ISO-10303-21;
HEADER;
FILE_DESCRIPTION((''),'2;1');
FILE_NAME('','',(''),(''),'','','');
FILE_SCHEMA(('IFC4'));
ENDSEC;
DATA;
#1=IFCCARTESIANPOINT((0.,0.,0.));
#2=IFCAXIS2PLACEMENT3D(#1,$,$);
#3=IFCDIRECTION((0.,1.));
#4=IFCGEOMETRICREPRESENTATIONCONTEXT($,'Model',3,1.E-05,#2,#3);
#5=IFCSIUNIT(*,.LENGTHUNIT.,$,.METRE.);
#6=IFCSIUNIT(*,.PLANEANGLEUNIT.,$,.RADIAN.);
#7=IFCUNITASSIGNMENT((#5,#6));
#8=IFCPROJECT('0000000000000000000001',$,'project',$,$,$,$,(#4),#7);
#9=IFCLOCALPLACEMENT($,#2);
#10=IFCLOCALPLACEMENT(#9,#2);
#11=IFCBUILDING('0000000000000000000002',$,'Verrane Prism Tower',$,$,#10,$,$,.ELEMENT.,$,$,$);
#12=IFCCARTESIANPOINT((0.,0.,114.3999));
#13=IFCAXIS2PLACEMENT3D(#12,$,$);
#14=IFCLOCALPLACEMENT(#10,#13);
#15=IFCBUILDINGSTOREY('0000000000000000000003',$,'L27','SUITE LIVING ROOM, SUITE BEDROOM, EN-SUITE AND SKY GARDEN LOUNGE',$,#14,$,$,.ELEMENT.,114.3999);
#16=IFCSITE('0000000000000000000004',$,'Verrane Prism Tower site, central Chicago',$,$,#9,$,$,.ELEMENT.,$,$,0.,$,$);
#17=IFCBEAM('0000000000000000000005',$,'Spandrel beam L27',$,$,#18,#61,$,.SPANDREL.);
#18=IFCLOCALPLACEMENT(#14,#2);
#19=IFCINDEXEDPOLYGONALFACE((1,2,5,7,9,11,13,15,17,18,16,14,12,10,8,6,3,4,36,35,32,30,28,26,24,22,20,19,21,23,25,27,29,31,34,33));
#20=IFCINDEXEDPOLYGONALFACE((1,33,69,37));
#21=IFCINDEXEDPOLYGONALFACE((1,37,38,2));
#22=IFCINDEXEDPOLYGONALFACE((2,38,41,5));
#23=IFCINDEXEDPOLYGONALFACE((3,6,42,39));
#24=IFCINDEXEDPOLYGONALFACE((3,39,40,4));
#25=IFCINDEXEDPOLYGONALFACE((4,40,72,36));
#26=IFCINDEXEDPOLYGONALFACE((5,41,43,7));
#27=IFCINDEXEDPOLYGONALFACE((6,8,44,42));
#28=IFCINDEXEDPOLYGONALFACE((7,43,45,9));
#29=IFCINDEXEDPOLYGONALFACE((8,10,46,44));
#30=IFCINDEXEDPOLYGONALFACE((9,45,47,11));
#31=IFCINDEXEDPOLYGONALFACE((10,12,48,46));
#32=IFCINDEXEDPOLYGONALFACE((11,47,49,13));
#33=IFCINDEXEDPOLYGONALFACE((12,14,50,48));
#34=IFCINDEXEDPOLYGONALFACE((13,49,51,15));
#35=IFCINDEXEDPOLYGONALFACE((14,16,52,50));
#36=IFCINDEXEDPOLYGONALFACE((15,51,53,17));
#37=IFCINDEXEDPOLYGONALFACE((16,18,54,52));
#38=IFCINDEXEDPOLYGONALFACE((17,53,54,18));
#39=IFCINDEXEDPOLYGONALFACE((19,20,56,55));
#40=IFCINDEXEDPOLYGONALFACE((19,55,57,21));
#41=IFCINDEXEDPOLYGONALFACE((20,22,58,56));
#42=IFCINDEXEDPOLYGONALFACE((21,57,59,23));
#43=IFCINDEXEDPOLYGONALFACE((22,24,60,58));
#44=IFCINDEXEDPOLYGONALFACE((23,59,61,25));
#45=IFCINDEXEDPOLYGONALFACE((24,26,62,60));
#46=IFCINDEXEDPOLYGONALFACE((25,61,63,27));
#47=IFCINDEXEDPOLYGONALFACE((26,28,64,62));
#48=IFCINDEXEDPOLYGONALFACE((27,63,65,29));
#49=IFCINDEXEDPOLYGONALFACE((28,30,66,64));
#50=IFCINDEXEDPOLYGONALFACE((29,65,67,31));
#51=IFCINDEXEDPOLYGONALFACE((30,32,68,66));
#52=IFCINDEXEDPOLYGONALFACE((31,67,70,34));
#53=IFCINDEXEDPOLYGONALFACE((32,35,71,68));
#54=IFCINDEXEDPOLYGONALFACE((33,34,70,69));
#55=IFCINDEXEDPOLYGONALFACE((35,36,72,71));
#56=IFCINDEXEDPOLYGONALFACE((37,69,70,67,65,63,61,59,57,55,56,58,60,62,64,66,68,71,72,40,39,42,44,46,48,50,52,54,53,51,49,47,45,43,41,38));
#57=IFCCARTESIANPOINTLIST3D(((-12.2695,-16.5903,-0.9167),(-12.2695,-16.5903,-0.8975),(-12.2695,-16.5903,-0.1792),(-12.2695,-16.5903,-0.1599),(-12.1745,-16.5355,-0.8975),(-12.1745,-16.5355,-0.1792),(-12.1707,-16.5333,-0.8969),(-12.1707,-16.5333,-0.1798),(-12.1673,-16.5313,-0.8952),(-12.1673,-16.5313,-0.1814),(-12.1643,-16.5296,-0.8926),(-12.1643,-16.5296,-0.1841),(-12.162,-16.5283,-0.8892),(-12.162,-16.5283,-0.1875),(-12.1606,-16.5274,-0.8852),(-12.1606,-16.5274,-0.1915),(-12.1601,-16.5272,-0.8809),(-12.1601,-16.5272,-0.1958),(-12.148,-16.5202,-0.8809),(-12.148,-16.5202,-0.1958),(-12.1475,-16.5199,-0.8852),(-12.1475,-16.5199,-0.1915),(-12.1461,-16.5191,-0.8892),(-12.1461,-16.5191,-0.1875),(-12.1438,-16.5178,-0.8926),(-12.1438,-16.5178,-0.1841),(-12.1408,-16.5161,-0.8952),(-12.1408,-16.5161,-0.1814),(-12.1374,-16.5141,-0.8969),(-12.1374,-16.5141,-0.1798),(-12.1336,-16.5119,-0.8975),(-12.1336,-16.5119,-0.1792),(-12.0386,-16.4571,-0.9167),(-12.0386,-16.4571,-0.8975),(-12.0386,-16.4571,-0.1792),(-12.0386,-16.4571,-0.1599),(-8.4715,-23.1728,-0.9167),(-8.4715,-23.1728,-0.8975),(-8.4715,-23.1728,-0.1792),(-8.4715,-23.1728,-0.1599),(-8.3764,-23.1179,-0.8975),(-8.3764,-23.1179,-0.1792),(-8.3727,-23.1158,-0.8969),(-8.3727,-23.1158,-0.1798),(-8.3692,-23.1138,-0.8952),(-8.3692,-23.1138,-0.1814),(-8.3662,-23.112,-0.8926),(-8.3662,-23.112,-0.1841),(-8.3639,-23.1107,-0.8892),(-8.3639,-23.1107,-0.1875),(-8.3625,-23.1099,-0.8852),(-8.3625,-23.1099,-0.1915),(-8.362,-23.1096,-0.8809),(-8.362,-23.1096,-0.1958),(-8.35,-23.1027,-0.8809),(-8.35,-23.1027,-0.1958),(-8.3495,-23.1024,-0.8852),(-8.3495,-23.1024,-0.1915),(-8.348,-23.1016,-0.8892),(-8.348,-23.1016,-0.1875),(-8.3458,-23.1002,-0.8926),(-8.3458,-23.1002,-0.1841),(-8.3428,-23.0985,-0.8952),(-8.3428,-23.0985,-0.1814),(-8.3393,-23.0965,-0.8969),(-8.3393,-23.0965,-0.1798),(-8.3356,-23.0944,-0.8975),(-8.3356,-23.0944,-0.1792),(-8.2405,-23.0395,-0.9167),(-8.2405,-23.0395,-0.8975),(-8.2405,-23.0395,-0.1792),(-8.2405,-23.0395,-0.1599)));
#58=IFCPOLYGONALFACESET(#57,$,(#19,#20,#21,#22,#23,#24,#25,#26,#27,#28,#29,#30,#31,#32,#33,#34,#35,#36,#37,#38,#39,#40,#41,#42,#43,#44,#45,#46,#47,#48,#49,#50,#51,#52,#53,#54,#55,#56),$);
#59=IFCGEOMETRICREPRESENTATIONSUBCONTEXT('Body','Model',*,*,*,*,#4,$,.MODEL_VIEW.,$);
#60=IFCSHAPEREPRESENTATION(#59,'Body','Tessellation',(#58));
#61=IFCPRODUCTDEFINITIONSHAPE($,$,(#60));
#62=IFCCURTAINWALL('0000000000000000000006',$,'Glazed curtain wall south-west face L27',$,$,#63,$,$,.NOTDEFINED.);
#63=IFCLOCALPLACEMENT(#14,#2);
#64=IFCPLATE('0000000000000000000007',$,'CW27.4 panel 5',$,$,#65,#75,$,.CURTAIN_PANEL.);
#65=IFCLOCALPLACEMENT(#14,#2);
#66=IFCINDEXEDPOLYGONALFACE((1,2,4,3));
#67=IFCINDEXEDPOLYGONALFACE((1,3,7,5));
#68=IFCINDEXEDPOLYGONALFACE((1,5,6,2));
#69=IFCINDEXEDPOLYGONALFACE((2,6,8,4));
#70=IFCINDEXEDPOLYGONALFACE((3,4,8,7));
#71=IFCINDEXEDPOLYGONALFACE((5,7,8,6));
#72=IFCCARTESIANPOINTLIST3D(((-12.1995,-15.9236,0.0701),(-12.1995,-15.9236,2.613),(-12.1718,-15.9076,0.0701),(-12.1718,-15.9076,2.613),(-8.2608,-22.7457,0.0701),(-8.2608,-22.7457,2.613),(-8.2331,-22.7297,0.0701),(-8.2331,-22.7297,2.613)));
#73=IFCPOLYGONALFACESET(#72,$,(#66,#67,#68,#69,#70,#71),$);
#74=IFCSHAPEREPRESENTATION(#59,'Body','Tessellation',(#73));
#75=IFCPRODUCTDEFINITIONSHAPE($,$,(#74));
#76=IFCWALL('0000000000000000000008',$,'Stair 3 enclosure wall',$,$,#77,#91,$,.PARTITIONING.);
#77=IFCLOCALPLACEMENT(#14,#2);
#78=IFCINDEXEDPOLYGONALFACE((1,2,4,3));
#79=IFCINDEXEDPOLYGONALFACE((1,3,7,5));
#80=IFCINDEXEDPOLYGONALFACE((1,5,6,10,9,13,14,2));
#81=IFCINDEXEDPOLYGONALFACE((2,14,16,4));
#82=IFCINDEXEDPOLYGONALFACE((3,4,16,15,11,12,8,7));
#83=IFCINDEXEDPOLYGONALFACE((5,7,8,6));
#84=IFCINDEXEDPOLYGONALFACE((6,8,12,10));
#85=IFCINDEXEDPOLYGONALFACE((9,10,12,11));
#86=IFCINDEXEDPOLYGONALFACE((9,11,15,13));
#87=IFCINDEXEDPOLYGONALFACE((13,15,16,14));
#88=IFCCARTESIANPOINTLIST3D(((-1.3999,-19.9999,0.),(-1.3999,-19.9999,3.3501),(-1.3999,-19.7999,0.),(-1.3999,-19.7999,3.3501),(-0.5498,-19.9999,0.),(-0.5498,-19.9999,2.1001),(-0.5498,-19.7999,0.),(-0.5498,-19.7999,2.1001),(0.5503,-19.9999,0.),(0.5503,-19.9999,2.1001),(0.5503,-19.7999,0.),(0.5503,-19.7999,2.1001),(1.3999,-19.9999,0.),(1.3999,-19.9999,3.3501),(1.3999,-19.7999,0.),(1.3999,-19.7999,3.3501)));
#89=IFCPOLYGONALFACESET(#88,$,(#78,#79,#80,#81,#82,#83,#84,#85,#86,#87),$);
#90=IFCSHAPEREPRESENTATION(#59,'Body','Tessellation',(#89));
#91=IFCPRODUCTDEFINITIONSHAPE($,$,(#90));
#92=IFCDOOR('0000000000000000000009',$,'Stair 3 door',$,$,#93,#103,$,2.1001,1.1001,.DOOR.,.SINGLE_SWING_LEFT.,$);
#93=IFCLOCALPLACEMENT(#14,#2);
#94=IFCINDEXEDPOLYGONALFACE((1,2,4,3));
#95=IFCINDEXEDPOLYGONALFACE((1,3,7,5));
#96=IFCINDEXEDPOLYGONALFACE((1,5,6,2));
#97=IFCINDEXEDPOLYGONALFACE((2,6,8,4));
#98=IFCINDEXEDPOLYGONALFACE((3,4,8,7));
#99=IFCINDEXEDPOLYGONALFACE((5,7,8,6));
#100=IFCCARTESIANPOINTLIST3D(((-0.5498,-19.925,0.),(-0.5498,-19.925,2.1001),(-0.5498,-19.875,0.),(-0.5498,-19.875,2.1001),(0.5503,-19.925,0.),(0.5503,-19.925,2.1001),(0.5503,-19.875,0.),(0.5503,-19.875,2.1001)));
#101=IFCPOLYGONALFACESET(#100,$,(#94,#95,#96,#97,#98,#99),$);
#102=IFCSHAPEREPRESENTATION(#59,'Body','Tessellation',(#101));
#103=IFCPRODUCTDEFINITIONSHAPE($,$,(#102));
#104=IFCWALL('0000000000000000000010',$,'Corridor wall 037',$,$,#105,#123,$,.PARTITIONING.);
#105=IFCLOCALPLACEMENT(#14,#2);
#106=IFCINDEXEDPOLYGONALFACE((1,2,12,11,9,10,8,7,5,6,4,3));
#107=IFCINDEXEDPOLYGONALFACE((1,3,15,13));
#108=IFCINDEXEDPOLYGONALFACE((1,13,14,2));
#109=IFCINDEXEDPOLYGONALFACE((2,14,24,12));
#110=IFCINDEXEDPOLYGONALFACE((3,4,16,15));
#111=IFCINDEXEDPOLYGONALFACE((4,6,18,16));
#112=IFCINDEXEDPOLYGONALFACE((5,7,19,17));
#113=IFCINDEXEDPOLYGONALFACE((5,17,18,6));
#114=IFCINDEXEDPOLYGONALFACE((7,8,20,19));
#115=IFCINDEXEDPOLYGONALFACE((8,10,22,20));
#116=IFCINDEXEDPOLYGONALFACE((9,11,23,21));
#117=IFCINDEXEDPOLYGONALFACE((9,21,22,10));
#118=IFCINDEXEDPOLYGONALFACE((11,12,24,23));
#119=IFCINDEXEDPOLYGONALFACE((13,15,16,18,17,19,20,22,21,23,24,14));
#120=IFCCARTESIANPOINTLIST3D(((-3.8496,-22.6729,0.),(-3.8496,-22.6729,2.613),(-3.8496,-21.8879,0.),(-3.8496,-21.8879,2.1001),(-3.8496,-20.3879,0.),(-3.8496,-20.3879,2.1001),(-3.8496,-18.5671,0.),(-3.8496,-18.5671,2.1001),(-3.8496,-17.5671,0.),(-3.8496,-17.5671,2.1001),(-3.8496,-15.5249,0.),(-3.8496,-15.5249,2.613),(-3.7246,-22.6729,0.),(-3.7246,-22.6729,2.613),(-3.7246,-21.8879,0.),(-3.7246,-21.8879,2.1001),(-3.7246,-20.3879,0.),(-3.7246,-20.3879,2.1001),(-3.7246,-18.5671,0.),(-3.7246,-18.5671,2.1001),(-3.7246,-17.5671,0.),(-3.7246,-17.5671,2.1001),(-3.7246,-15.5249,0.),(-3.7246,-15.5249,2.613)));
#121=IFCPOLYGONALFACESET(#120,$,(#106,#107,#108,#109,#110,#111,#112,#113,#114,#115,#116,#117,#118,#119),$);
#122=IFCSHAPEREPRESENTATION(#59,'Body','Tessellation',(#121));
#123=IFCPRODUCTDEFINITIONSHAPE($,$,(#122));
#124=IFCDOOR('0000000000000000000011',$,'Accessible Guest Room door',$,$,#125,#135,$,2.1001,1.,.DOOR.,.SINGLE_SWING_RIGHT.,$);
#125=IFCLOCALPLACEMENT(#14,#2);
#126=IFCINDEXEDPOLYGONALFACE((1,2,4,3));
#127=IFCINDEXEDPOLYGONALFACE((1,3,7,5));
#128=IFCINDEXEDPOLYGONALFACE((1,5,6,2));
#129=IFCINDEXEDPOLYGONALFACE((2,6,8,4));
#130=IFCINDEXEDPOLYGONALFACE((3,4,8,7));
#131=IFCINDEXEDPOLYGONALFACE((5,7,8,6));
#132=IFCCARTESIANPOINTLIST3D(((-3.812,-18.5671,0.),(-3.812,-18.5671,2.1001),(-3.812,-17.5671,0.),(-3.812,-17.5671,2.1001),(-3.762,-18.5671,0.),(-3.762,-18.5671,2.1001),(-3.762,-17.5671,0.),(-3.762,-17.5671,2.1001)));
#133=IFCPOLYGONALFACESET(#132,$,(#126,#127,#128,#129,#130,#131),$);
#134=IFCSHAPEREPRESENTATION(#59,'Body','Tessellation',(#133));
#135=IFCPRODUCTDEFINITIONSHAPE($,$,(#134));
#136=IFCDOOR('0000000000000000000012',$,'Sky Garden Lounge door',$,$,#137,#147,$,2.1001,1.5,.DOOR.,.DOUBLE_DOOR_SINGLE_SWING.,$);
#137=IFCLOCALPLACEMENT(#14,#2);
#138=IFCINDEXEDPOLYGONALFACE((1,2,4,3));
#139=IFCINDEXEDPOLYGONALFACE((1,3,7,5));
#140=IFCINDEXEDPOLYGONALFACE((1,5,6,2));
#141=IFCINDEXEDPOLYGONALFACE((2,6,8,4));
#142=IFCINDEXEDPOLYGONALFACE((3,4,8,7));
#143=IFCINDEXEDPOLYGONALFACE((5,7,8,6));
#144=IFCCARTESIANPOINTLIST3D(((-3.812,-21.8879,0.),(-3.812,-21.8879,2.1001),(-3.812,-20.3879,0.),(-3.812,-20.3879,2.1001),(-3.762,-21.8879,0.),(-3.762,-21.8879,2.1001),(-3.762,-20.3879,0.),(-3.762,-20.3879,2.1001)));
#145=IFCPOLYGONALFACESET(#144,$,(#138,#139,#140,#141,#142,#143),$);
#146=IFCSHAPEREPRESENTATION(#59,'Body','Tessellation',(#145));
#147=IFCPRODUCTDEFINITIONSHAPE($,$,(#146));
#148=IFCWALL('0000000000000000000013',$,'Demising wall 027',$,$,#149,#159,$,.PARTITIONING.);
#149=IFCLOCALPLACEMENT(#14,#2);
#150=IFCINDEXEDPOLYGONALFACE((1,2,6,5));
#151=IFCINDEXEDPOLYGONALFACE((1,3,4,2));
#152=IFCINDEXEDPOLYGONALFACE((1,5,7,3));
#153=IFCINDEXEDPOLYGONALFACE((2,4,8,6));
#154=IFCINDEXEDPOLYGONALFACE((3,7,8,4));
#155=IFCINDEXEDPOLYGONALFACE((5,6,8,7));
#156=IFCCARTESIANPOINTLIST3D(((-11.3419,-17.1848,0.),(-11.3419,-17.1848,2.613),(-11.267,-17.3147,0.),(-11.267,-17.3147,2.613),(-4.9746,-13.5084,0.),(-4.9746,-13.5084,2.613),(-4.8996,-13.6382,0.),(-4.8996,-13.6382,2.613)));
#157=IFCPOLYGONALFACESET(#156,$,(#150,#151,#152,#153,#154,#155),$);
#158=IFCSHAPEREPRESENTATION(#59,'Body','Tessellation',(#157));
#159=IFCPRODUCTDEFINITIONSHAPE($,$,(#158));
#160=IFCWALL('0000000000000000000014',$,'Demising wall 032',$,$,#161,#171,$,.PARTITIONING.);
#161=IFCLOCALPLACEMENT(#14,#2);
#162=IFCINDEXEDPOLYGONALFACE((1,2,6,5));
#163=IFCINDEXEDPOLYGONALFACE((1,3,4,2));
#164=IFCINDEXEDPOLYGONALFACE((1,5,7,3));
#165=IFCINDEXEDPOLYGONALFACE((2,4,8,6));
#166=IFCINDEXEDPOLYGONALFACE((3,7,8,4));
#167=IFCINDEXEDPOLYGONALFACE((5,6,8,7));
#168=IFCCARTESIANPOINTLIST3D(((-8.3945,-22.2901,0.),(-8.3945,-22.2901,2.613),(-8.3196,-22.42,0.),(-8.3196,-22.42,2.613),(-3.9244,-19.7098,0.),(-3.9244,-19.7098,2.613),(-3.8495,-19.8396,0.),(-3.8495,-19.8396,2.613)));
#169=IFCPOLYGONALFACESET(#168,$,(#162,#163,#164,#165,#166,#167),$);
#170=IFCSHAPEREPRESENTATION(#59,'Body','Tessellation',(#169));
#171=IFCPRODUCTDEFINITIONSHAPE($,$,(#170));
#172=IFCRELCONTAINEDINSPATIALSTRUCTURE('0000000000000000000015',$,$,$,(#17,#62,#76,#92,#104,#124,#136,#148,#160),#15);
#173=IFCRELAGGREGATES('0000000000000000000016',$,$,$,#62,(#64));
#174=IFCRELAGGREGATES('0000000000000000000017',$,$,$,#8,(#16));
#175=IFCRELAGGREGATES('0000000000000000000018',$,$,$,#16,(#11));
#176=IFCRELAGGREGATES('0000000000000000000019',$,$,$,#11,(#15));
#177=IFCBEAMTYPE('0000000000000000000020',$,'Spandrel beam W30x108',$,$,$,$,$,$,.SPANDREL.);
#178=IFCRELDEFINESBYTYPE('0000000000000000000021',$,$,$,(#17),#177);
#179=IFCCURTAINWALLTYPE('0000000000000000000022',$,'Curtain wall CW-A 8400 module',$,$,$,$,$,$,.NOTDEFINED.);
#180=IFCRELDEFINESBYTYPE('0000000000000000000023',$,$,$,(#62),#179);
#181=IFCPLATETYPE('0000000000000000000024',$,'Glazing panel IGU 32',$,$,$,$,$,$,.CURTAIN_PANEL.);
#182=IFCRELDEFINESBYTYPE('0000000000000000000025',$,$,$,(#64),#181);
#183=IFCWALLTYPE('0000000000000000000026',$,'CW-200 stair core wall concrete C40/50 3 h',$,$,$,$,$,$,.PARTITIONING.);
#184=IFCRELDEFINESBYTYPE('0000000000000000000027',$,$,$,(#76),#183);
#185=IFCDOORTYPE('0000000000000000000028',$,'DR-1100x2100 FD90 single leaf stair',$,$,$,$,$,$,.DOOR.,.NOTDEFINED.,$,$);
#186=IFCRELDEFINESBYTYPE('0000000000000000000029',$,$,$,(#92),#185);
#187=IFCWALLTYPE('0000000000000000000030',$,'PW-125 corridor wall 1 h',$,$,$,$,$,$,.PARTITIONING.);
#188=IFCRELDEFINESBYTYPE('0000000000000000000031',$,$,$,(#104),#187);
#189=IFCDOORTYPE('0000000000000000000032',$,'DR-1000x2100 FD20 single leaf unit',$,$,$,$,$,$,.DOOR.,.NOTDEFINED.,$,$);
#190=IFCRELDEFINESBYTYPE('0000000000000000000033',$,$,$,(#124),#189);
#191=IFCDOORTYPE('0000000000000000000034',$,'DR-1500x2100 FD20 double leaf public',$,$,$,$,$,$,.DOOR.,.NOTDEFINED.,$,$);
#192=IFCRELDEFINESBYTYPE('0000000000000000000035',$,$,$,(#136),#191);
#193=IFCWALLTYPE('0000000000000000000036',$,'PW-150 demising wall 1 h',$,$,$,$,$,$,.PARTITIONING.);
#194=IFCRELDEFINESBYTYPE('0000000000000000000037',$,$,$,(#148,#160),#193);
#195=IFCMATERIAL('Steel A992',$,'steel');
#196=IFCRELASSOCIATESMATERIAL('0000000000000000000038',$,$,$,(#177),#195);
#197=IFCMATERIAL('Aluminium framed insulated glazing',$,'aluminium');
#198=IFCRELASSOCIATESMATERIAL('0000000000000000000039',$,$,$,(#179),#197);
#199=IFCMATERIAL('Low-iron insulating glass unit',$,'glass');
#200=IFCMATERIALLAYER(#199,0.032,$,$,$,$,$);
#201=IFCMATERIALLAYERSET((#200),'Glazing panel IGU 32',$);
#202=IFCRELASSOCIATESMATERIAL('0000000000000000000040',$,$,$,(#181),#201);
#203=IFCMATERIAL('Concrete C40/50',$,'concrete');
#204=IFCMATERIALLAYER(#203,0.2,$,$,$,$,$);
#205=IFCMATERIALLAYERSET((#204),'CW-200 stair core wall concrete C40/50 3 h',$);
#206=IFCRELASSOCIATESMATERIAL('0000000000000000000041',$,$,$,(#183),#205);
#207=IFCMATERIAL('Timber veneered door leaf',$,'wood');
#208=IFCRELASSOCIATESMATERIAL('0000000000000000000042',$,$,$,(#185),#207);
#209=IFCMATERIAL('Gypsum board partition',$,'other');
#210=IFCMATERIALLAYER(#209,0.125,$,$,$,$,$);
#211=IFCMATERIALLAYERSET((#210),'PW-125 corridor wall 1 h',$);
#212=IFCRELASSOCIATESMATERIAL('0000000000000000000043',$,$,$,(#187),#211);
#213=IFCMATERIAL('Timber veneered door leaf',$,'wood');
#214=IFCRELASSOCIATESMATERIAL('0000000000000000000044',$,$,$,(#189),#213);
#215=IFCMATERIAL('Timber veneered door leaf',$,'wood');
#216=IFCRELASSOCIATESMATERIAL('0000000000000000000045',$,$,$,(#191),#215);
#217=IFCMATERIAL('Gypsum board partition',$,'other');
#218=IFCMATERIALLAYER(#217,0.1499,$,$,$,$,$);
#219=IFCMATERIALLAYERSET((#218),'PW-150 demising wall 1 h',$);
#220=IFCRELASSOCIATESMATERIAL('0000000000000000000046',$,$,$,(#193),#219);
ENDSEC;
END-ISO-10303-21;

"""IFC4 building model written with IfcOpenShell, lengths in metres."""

from ifc_helpers import new_model, si_unit, direction, frame, frame_2d, origin, origin_2d, place, context, subcontext, project, spatial, rectangle, i_section, extrude, material, layer, layer_set, material_profile, profile_set, type_object, element, fill, aggregate, save


model = new_model("IFC4")

# Units and contexts
model_context = context("Model", 3, precision=1e-05, world=origin(), true_north=direction((0.0, 1.0)))
body_context = subcontext(model_context, "Body", "Model", "MODEL_VIEW")
ifc_project = project(units=[si_unit("LENGTHUNIT", "METRE"), si_unit("PLANEANGLEUNIT", "RADIAN")], contexts=[model_context])

# Site, building, storey
site_placement = place(None, origin())
site = spatial("IfcSite", under=ifc_project, at=site_placement, Name="Verrane Prism Tower site, central Chicago", CompositionType="ELEMENT", RefElevation=0.0)
building_placement = place(site_placement, origin())
building = spatial("IfcBuilding", under=site, at=building_placement, Name="Verrane Prism Tower", CompositionType="ELEMENT")
storey_placement = place(building_placement, frame((0.0, 0.0, 114.3999)))
storey = spatial("IfcBuildingStorey", under=building, at=storey_placement, Name="L27", Description="SUITE LIVING ROOM, SUITE BEDROOM, EN-SUITE AND SKY GARDEN LOUNGE", CompositionType="ELEMENT", Elevation=114.3999)

# Beam
ifc_material_1 = material(Name="Steel A992", Category="steel")
ifc_material_profile_1 = material_profile(ifc_material_1, i_section(OverallWidth=0.2666, OverallDepth=0.7568, WebThickness=0.0139, FlangeThickness=0.0193, FilletRadius=0.0166, at=origin_2d()), Name="W30x108")
ifc_profile_set_1 = profile_set([ifc_material_profile_1], Name="Steel A992")
beam_type_1 = type_object("IfcBeamType", Name="Spandrel beam W30x108", PredefinedType="SPANDREL", material=ifc_profile_set_1)
beam_1_placement = place(storey_placement, frame((-12.1541, -16.5237, -0.5383), z_axis=(0.499771, -0.866158, 0.0), x_axis=(0.866158, 0.499771, 0.0)))
element("IfcBeam", 1, at=beam_1_placement, inside=storey, type_object=beam_type_1, Name="Spandrel beam L27", PredefinedType="SPANDREL", context=body_context, shape_type="SweptSolid", body=[
    extrude(i_section(OverallWidth=0.2666, OverallDepth=0.7568, WebThickness=0.0139, FlangeThickness=0.0193, FilletRadius=0.0166, at=origin_2d()), origin(), (0.0, 0.0, 1.0), 7.5996),
])

# Curtain wall, plate
ifc_material_2 = material(Name="Aluminium framed insulated glazing", Category="aluminium")
curtain_wall_type = type_object("IfcCurtainWallType", Name="Curtain wall CW-A 8400 module", PredefinedType="NOTDEFINED", material=ifc_material_2)
curtain_wall_placement = place(storey_placement, origin())
curtain_wall = element("IfcCurtainWall", 2, at=curtain_wall_placement, inside=storey, type_object=curtain_wall_type, Name="Glazed curtain wall south-west face L27", PredefinedType="NOTDEFINED")
ifc_material_3 = material(Name="Low-iron insulating glass unit", Category="glass")
ifc_layer_1 = layer(ifc_material_3, 0.032)
ifc_layer_set_1 = layer_set([ifc_layer_1], Name="Glazing panel IGU 32")
plate_type = type_object("IfcPlateType", Name="Glazing panel IGU 32", PredefinedType="CURTAIN_PANEL", material=ifc_layer_set_1)
plate_placement = place(storey_placement, frame((-10.2163, -19.3267, 0.0701), z_axis=(0.0, 0.0, 1.0), x_axis=(0.499999, -0.866026, 0.0)))
plate = element("IfcPlate", 3, at=plate_placement, type_object=plate_type, Name="CW27.4 panel 5", PredefinedType="CURTAIN_PANEL", context=body_context, shape_type="SweptSolid", body=[
    extrude(rectangle(XDim=7.8774, YDim=0.032, at=origin_2d()), origin(), (0.0, 0.0, 1.0), 2.543),
])
aggregate(curtain_wall, [plate])

# Wall, opening, door
ifc_material_4 = material(Name="Concrete C40/50", Category="concrete")
ifc_layer_2 = layer(ifc_material_4, 0.2)
ifc_layer_set_2 = layer_set([ifc_layer_2], Name="CW-200 stair core wall concrete C40/50 3 h")
wall_type_1 = type_object("IfcWallType", Name="CW-200 stair core wall concrete C40/50 3 h", PredefinedType="PARTITIONING", material=ifc_layer_set_2)
wall_1_placement = place(storey_placement, frame((-1.3999, -19.8999, 0.0), z_axis=(0.0, 0.0, 1.0), x_axis=(1.0, 0.0, 0.0)))
wall_1 = element("IfcWall", 4, at=wall_1_placement, inside=storey, type_object=wall_type_1, Name="Stair 3 enclosure wall", PredefinedType="PARTITIONING", context=body_context, shape_type="SweptSolid", body=[
    extrude(rectangle(XDim=2.7998, YDim=0.2, at=frame_2d((1.3999, 0.0))), origin(), (0.0, 0.0, 1.0), 3.3501),
])
opening_1_placement = place(wall_1_placement, frame((0.8501, 0.0, 0.0)))
opening_1 = element("IfcOpeningElement", 5, at=opening_1_placement, cuts=wall_1, PredefinedType="OPENING", context=body_context, shape_type="SweptSolid", body=[
    extrude(rectangle(XDim=1.1001, YDim=2.1001, at=frame_2d((0.55, 1.05))), frame((0.0, 0.1099, 0.0), z_axis=(0.0, -1.0, 0.0), x_axis=(1.0, 0.0, 0.0)), (0.0, 0.0, 1.0), 0.22),
])
ifc_material_5 = material(Name="Timber veneered door leaf", Category="wood")
door_type_1 = type_object("IfcDoorType", Name="DR-1100x2100 FD90 single leaf stair", OperationType="NOTDEFINED", PredefinedType="DOOR", material=ifc_material_5)
door_1_placement = place(opening_1_placement, origin())
door_1 = element("IfcDoor", 6, at=door_1_placement, inside=storey, type_object=door_type_1, Name="Stair 3 door", OperationType="SINGLE_SWING_LEFT", OverallHeight=2.1001, OverallWidth=1.1001, PredefinedType="DOOR", context=body_context, shape_type="SweptSolid", body=[
    extrude(rectangle(XDim=1.1001, YDim=2.1001, at=frame_2d((0.55, 1.05))), frame((0.0, 0.0249, 0.0), z_axis=(0.0, -1.0, 0.0), x_axis=(1.0, 0.0, 0.0)), (0.0, 0.0, 1.0), 0.05),
])
fill(opening_1, door_1)

# Wall, openings, doors
ifc_material_6 = material(Name="Gypsum board partition", Category="other")
ifc_layer_3 = layer(ifc_material_6, 0.125)
ifc_layer_set_3 = layer_set([ifc_layer_3], Name="PW-125 corridor wall 1 h")
wall_type_2 = type_object("IfcWallType", Name="PW-125 corridor wall 1 h", PredefinedType="PARTITIONING", material=ifc_layer_set_3)
wall_2_placement = place(storey_placement, frame((-3.7871, -22.6729, 0.0), z_axis=(0.0, 0.0, 1.0), x_axis=(0.0, 1.0, 0.0)))
wall_2 = element("IfcWall", 7, at=wall_2_placement, inside=storey, type_object=wall_type_2, Name="Corridor wall 037", PredefinedType="PARTITIONING", context=body_context, shape_type="SweptSolid", body=[
    extrude(rectangle(XDim=7.1479, YDim=0.125, at=frame_2d((3.574, 0.0))), origin(), (0.0, 0.0, 1.0), 2.613),
])
opening_2_placement = place(wall_2_placement, frame((4.1057, 0.0, 0.0)))
opening_2 = element("IfcOpeningElement", 8, at=opening_2_placement, cuts=wall_2, PredefinedType="OPENING", context=body_context, shape_type="SweptSolid", body=[
    extrude(rectangle(XDim=1.0, YDim=2.1001, at=frame_2d((0.5, 1.05))), frame((0.0, 0.0725, 0.0), z_axis=(0.0, -1.0, 0.0), x_axis=(1.0, 0.0, 0.0)), (0.0, 0.0, 1.0), 0.145),
])
opening_3_placement = place(wall_2_placement, frame((0.7849, 0.0, 0.0)))
opening_3 = element("IfcOpeningElement", 9, at=opening_3_placement, cuts=wall_2, PredefinedType="OPENING", context=body_context, shape_type="SweptSolid", body=[
    extrude(rectangle(XDim=1.5, YDim=2.1001, at=frame_2d((0.75, 1.05))), frame((0.0, 0.0725, 0.0), z_axis=(0.0, -1.0, 0.0), x_axis=(1.0, 0.0, 0.0)), (0.0, 0.0, 1.0), 0.145),
])
ifc_material_7 = material(Name="Timber veneered door leaf", Category="wood")
door_type_2 = type_object("IfcDoorType", Name="DR-1000x2100 FD20 single leaf unit", OperationType="NOTDEFINED", PredefinedType="DOOR", material=ifc_material_7)
door_2_placement = place(opening_2_placement, origin())
door_2 = element("IfcDoor", 10, at=door_2_placement, inside=storey, type_object=door_type_2, Name="Accessible Guest Room door", OperationType="SINGLE_SWING_RIGHT", OverallHeight=2.1001, OverallWidth=1.0, PredefinedType="DOOR", context=body_context, shape_type="SweptSolid", body=[
    extrude(rectangle(XDim=1.0, YDim=2.1001, at=frame_2d((0.5, 1.05))), frame((0.0, 0.0249, 0.0), z_axis=(0.0, -1.0, 0.0), x_axis=(1.0, 0.0, 0.0)), (0.0, 0.0, 1.0), 0.05),
])
fill(opening_2, door_2)
ifc_material_8 = material(Name="Timber veneered door leaf", Category="wood")
door_type_3 = type_object("IfcDoorType", Name="DR-1500x2100 FD20 double leaf public", OperationType="NOTDEFINED", PredefinedType="DOOR", material=ifc_material_8)
door_3_placement = place(opening_3_placement, origin())
door_3 = element("IfcDoor", 11, at=door_3_placement, inside=storey, type_object=door_type_3, Name="Sky Garden Lounge door", OperationType="DOUBLE_DOOR_SINGLE_SWING", OverallHeight=2.1001, OverallWidth=1.5, PredefinedType="DOOR", context=body_context, shape_type="SweptSolid", body=[
    extrude(rectangle(XDim=1.5, YDim=2.1001, at=frame_2d((0.75, 1.05))), frame((0.0, 0.0249, 0.0), z_axis=(0.0, -1.0, 0.0), x_axis=(1.0, 0.0, 0.0)), (0.0, 0.0, 1.0), 0.05),
])
fill(opening_3, door_3)

# Walls
ifc_material_9 = material(Name="Gypsum board partition", Category="other")
ifc_layer_4 = layer(ifc_material_9, 0.1499)
ifc_layer_set_4 = layer_set([ifc_layer_4], Name="PW-150 demising wall 1 h")
wall_type_3 = type_object("IfcWallType", Name="PW-150 demising wall 1 h", PredefinedType="PARTITIONING", material=ifc_layer_set_4)
wall_3_placement = place(storey_placement, frame((-11.3044, -17.2498, 0.0), z_axis=(0.0, 0.0, 1.0), x_axis=(0.866009, 0.500028, 0.0)))
element("IfcWall", 12, at=wall_3_placement, inside=storey, type_object=wall_type_3, Name="Demising wall 027", PredefinedType="PARTITIONING", context=body_context, shape_type="SweptSolid", body=[
    extrude(rectangle(XDim=7.3525, YDim=0.1499, at=frame_2d((3.6763, 0.0))), origin(), (0.0, 0.0, 1.0), 2.613),
])
wall_4_placement = place(storey_placement, frame((-8.3569, -22.355, 0.0), z_axis=(0.0, 0.0, 1.0), x_axis=(0.86606, 0.499939, 0.0)))
element("IfcWall", 13, at=wall_4_placement, inside=storey, type_object=wall_type_3, Name="Demising wall 032", PredefinedType="PARTITIONING", context=body_context, shape_type="SweptSolid", body=[
    extrude(rectangle(XDim=5.1614, YDim=0.1499, at=frame_2d((2.5806, 0.0))), origin(), (0.0, 0.0, 1.0), 2.613),
])

save(model, "model.ifc")
